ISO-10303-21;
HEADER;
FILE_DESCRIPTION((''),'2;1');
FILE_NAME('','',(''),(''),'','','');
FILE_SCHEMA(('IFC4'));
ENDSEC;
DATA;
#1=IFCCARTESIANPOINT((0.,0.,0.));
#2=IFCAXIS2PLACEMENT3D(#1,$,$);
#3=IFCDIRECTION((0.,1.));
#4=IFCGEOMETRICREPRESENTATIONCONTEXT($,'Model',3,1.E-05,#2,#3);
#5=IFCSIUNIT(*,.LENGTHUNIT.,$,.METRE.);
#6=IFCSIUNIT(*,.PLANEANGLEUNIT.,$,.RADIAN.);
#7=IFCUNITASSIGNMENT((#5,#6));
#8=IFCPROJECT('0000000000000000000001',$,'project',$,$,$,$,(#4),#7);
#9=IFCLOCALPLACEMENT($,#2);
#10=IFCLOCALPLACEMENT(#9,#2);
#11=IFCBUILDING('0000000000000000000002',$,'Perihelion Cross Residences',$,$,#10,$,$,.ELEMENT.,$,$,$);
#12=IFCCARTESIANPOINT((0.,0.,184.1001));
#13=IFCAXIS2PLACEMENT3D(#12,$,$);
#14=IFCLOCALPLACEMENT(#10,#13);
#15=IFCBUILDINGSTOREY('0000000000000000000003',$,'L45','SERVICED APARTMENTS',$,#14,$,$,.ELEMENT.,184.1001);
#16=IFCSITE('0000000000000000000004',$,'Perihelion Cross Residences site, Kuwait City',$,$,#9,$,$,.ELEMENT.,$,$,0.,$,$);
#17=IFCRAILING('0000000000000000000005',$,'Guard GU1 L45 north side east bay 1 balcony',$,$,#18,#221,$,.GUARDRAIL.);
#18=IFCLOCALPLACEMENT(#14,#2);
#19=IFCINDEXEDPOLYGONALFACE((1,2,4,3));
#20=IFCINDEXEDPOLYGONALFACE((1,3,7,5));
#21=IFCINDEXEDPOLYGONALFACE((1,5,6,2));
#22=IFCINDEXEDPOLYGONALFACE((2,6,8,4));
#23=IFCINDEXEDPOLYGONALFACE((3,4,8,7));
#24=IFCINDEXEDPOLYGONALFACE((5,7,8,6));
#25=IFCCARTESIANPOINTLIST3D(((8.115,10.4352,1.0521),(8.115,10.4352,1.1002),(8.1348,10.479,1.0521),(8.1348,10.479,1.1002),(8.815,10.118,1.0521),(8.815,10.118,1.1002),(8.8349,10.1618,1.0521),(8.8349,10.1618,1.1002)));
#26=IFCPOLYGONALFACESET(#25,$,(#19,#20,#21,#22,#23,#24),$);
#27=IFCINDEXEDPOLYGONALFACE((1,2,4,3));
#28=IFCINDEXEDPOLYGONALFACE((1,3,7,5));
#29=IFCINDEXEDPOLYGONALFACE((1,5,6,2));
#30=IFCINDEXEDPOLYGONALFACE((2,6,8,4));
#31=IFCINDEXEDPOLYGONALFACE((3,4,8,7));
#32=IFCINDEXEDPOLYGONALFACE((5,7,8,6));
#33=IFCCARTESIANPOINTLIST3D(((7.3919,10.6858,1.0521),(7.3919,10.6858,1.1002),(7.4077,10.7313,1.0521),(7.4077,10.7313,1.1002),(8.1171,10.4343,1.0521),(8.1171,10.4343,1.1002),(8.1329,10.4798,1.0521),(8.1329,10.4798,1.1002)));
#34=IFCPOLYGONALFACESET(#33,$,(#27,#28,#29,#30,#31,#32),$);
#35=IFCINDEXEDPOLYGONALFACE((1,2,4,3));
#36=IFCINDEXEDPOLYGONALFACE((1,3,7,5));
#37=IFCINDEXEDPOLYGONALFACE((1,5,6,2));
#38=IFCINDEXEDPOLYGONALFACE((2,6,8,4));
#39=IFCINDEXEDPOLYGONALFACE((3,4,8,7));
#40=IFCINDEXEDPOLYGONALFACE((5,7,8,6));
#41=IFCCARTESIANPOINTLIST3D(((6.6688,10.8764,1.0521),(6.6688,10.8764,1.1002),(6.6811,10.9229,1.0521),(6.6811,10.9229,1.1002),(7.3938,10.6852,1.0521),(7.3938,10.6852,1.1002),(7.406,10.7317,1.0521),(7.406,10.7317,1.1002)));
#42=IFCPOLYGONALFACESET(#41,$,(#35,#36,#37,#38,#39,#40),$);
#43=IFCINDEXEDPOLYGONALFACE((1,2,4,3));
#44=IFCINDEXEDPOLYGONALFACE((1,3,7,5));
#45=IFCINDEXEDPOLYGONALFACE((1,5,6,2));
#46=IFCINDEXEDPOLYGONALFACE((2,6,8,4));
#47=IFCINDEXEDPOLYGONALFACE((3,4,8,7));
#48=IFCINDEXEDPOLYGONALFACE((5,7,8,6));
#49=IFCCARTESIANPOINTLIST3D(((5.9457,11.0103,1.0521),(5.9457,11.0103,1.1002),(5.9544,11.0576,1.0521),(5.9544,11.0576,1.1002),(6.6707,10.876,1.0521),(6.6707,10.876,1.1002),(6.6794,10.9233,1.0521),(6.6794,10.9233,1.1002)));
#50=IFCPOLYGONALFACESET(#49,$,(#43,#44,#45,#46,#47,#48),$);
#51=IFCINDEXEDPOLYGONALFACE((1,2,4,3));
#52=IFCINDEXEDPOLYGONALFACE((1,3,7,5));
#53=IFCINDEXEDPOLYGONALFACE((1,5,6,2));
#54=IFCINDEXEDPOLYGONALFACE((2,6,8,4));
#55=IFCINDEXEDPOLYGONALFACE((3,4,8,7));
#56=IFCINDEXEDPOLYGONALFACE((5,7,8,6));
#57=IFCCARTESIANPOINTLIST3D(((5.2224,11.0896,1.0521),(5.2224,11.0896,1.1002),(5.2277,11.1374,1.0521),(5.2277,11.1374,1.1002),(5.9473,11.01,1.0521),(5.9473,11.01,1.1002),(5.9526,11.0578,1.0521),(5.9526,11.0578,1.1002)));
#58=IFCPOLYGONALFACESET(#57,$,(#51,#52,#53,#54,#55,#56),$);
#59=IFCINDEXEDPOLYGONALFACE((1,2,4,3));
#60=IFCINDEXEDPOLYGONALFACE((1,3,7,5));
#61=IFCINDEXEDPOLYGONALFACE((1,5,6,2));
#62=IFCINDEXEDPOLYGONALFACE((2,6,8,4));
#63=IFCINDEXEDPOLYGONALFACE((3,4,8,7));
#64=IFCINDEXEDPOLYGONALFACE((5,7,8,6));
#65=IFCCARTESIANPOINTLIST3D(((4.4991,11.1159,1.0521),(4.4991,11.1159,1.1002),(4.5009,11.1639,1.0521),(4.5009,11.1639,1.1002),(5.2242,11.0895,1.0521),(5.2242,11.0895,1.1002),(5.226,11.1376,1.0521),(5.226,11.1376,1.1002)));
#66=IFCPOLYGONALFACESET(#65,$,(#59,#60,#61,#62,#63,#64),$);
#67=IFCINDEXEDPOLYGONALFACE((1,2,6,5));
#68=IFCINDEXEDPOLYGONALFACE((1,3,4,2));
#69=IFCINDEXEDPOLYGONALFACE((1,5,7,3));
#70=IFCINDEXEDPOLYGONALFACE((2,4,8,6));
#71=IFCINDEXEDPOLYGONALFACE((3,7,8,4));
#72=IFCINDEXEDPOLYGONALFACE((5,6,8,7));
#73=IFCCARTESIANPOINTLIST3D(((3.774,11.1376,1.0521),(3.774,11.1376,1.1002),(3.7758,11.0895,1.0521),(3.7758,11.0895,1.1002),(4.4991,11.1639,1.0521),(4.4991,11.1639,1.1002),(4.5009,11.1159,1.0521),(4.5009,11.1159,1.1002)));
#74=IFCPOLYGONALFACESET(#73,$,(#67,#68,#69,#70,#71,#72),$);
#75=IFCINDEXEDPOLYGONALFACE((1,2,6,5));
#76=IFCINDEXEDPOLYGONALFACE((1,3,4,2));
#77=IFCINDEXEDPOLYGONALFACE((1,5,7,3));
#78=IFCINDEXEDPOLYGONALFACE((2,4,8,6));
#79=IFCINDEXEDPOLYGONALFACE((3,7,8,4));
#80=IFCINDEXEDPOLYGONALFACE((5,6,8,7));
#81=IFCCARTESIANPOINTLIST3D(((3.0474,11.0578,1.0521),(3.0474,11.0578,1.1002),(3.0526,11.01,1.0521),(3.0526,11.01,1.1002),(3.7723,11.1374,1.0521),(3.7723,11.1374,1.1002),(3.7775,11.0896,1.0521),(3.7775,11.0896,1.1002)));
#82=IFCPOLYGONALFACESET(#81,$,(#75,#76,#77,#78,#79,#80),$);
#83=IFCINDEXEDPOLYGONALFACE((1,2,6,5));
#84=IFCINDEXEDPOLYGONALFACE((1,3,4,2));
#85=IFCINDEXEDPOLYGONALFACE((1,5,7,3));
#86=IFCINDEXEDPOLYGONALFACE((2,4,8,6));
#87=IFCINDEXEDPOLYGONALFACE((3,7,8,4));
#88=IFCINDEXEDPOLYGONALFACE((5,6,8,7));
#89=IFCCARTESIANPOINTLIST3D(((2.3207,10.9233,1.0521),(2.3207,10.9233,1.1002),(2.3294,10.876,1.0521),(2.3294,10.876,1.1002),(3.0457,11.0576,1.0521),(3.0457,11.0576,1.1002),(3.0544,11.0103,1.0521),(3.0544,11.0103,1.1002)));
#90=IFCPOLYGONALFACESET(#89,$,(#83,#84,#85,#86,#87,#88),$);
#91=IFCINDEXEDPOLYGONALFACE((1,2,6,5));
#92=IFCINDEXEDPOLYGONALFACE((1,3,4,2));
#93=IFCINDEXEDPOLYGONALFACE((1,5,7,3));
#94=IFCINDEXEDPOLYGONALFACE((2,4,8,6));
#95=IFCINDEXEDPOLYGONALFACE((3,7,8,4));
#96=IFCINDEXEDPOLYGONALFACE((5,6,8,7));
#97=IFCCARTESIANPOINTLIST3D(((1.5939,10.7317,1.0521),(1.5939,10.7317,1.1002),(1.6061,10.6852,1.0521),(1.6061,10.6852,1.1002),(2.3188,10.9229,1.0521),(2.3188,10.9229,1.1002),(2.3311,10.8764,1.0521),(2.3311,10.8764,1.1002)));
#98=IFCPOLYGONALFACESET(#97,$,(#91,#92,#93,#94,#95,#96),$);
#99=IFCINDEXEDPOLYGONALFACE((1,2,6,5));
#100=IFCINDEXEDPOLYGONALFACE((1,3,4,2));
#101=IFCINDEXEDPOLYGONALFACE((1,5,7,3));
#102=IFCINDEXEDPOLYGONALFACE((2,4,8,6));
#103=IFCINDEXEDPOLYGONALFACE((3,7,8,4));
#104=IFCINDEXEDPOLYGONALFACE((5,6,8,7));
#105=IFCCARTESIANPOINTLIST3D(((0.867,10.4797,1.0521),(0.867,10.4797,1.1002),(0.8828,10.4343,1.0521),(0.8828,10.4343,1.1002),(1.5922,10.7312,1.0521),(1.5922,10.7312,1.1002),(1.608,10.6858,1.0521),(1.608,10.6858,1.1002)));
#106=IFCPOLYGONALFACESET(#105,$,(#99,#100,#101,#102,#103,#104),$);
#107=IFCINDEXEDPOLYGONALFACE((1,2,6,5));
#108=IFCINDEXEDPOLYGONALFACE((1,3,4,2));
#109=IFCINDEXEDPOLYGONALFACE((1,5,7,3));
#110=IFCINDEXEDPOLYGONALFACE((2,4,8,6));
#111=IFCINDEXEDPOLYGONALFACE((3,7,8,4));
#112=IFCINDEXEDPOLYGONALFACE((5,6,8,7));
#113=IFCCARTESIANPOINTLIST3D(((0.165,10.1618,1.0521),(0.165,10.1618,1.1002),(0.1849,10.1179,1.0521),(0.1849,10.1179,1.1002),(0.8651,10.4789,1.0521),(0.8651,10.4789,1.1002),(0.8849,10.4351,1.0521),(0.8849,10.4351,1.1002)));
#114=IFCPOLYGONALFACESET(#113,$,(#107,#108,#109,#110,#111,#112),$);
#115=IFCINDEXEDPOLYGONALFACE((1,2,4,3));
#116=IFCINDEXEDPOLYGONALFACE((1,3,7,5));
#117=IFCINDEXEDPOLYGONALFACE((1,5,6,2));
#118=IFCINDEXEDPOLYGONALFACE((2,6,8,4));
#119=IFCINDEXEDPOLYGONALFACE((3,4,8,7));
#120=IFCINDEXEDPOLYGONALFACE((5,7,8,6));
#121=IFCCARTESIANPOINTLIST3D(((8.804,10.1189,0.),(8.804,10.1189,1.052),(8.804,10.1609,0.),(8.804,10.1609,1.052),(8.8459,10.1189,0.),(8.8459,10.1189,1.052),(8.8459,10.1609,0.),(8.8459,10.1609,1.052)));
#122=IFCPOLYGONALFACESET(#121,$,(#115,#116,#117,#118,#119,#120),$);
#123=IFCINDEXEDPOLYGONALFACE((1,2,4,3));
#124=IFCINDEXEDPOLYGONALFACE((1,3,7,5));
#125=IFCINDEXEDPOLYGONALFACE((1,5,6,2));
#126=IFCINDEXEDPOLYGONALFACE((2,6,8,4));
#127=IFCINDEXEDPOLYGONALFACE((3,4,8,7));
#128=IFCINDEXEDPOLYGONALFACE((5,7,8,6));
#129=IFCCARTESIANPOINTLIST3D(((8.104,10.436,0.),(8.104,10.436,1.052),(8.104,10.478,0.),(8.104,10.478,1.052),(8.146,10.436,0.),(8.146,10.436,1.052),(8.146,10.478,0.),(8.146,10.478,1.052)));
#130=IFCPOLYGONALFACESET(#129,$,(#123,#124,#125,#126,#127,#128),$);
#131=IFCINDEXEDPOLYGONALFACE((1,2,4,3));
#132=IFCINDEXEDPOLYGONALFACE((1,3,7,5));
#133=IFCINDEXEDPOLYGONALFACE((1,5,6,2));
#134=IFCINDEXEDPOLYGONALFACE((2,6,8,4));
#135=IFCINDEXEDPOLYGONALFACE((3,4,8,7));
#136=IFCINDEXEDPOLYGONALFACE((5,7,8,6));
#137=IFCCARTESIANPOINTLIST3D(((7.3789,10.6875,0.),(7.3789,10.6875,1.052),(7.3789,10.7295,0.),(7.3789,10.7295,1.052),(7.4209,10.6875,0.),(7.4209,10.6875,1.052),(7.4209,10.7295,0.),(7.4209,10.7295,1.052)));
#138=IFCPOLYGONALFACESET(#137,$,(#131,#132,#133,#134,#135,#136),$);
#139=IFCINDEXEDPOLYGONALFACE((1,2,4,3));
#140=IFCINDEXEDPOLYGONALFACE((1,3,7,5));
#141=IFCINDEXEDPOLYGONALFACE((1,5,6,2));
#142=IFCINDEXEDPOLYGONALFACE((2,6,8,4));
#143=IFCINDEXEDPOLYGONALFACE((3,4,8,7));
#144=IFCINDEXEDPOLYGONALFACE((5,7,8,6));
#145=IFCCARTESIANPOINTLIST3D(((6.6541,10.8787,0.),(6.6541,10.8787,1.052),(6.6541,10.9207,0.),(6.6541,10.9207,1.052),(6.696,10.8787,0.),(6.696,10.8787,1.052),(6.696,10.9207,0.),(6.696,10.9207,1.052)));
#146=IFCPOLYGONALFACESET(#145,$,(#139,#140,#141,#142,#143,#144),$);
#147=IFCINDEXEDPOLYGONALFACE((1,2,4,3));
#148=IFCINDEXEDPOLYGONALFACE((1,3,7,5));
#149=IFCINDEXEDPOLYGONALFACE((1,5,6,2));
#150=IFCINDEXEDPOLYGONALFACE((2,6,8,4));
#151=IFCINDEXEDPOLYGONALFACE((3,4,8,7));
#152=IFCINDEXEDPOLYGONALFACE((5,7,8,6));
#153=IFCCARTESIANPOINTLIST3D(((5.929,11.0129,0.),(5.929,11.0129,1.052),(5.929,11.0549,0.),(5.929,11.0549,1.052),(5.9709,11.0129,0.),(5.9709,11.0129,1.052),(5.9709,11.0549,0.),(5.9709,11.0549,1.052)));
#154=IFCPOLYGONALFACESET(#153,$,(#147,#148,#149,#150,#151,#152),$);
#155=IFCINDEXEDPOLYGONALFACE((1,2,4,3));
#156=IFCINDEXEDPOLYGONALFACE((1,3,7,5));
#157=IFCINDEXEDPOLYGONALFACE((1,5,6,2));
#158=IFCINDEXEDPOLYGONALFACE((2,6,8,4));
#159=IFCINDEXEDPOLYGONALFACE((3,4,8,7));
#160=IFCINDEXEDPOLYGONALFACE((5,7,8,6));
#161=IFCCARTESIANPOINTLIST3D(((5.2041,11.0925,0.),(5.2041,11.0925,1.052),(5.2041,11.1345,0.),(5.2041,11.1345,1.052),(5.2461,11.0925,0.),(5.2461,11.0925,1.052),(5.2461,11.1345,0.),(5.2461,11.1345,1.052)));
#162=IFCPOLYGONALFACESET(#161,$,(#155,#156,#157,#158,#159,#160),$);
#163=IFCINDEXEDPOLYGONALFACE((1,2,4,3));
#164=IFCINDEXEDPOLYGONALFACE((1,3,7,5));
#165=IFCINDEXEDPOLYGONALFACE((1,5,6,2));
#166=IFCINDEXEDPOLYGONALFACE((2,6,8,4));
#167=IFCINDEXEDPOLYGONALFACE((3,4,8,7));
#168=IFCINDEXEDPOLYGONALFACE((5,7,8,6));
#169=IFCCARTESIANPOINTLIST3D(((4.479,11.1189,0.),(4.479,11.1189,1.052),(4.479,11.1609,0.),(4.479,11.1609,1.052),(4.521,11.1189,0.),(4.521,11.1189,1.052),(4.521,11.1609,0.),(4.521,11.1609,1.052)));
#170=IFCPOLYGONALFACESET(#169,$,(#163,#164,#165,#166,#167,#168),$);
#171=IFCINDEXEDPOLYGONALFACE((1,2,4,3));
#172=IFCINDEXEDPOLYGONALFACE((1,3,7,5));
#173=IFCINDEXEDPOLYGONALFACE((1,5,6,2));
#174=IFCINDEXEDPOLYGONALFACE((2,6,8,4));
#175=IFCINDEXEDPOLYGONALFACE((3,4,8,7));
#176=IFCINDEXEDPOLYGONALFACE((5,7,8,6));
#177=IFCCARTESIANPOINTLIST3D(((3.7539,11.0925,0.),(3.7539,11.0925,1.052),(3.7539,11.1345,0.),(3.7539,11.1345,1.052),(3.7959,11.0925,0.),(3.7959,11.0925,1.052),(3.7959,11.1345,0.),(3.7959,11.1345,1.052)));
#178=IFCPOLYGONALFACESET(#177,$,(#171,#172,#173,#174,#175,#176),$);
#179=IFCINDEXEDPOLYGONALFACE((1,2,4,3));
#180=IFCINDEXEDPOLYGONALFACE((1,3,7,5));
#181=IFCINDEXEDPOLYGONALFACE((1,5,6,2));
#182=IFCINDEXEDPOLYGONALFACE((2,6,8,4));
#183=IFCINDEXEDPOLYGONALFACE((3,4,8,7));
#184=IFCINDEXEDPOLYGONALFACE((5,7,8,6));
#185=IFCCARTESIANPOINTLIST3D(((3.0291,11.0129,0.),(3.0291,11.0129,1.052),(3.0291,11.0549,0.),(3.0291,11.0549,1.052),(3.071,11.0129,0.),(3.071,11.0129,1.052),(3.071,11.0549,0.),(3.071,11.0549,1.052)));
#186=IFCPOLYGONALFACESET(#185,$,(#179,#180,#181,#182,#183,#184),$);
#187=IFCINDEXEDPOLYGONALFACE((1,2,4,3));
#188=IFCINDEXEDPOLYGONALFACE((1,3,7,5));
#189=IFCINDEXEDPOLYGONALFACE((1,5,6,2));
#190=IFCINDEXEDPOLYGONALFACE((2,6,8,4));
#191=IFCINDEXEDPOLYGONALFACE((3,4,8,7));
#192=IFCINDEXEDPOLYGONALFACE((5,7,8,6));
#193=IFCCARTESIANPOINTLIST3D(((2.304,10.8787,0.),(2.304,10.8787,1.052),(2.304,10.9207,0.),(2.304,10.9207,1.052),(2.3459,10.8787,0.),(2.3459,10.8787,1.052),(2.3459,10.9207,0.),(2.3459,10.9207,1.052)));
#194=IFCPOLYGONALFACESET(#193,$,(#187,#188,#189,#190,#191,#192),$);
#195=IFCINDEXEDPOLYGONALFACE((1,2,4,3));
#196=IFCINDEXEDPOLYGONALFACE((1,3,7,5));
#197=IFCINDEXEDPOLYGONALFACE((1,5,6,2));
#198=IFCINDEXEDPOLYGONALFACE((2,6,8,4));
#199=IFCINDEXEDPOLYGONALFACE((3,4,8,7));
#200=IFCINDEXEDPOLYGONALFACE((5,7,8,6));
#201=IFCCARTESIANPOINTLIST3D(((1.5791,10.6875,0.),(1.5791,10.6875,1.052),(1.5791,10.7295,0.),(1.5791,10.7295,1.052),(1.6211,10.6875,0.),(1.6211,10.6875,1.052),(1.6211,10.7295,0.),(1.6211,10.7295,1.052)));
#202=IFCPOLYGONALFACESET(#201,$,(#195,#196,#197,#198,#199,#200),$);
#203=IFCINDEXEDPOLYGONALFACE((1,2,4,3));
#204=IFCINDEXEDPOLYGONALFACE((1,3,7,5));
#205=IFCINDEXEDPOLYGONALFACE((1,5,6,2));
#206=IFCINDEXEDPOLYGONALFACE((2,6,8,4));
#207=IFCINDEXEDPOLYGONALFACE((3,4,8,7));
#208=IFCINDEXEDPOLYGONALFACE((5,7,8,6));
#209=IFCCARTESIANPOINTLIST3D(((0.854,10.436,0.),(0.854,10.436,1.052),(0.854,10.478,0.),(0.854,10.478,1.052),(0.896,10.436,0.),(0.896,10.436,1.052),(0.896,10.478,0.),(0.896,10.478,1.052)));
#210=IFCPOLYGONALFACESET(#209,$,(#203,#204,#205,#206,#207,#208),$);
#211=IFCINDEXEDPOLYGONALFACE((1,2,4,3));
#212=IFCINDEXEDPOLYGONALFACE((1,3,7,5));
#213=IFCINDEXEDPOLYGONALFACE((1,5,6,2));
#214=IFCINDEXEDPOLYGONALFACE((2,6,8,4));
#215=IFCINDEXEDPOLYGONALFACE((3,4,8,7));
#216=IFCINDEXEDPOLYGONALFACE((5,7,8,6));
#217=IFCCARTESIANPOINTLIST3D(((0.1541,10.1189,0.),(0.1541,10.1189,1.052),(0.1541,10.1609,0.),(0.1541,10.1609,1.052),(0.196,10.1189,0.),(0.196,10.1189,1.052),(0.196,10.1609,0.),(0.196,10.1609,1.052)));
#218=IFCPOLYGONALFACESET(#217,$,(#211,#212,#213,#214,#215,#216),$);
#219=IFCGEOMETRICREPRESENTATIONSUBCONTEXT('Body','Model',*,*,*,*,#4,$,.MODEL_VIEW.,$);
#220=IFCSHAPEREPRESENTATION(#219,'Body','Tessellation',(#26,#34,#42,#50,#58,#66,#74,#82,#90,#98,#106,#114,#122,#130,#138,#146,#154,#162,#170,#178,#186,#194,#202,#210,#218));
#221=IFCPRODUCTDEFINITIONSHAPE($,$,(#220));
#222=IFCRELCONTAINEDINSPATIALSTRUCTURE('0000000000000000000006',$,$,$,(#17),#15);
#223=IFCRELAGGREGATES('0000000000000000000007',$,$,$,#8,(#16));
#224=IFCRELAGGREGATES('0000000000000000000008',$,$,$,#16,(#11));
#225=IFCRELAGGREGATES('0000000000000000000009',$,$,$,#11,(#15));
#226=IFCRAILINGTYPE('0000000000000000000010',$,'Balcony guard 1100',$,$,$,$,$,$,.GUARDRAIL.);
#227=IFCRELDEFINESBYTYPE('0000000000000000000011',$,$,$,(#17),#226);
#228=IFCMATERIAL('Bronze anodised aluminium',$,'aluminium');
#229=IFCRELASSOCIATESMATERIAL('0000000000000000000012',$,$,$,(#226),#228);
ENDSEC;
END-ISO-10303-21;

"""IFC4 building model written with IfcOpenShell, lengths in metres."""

from ifc_helpers import new_model, si_unit, direction, frame, origin, origin_2d, place, context, subcontext, project, spatial, rectangle, extrude, material, type_object, element, save


model = new_model("IFC4")

# Units and contexts
model_context = context("Model", 3, precision=1e-05, world=origin(), true_north=direction((0.0, 1.0)))
body_context = subcontext(model_context, "Body", "Model", "MODEL_VIEW")
ifc_project = project(units=[si_unit("LENGTHUNIT", "METRE"), si_unit("PLANEANGLEUNIT", "RADIAN")], contexts=[model_context])

# Site, building, storey
site_placement = place(None, origin())
site = spatial("IfcSite", under=ifc_project, at=site_placement, Name="Perihelion Cross Residences site, Kuwait City", CompositionType="ELEMENT", RefElevation=0.0)
building_placement = place(site_placement, origin())
building = spatial("IfcBuilding", under=site, at=building_placement, Name="Perihelion Cross Residences", CompositionType="ELEMENT")
storey_placement = place(building_placement, frame((0.0, 0.0, 184.1001)))
storey = spatial("IfcBuildingStorey", under=building, at=storey_placement, Name="L45", Description="SERVICED APARTMENTS", CompositionType="ELEMENT", Elevation=184.1001)

# Railing
ifc_material_1 = material(Name="Bronze anodised aluminium", Category="aluminium")
railing_type = type_object("IfcRailingType", Name="Balcony guard 1100", PredefinedType="GUARDRAIL", material=ifc_material_1)
railing_placement = place(storey_placement, frame((8.825, 10.1399, 0.0)))
element("IfcRailing", 1, at=railing_placement, inside=storey, type_object=railing_type, Name="Guard GU1 L45 north side east bay 1 balcony", PredefinedType="GUARDRAIL", context=body_context, shape_type="SweptSolid", body=[
    extrude(rectangle(XDim=0.0481, YDim=0.0481, at=origin_2d()), frame((0.0, 0.0, 1.0762), z_axis=(-0.910866, 0.412702, 0.0), x_axis=(-0.412702, -0.910866, 0.0)), (0.0, 0.0, 1.0), 0.7686),
    extrude(rectangle(XDim=0.0481, YDim=0.0481, at=origin_2d()), frame((-0.7, 0.3171, 1.0762), z_axis=(-0.944797, 0.327657, 0.0), x_axis=(-0.327657, -0.944797, 0.0)), (0.0, 0.0, 1.0), 0.7676),
    extrude(rectangle(XDim=0.0481, YDim=0.0481, at=origin_2d()), frame((-1.425, 0.5686, 1.0762), z_axis=(-0.966939, 0.255006, 0.0), x_axis=(-0.255006, -0.966939, 0.0)), (0.0, 0.0, 1.0), 0.7498),
    extrude(rectangle(XDim=0.0481, YDim=0.0481, at=origin_2d()), frame((-2.1499, 0.7598, 1.0762), z_axis=(-0.983282, 0.182089, 0.0), x_axis=(-0.182089, -0.983282, 0.0)), (0.0, 0.0, 1.0), 0.7373),
    extrude(rectangle(XDim=0.0481, YDim=0.0481, at=origin_2d()), frame((-2.875, 0.894, 1.0762), z_axis=(-0.994026, 0.109145, 0.0), x_axis=(-0.109145, -0.994026, 0.0)), (0.0, 0.0, 1.0), 0.7292),
    extrude(rectangle(XDim=0.0481, YDim=0.0481, at=origin_2d()), frame((-3.5999, 0.9736, 1.0762), z_axis=(-0.999339, 0.03634, 0.0), x_axis=(-0.03634, -0.999339, 0.0)), (0.0, 0.0, 1.0), 0.7256),
    extrude(rectangle(XDim=0.0481, YDim=0.0481, at=origin_2d()), frame((-4.325, 1.0, 1.0762), z_axis=(-0.999339, -0.03634, 0.0), x_axis=(0.03634, -0.999339, 0.0)), (0.0, 0.0, 1.0), 0.7256),
    extrude(rectangle(XDim=0.0481, YDim=0.0481, at=origin_2d()), frame((-5.05, 0.9736, 1.0762), z_axis=(-0.994026, -0.109145, 0.0), x_axis=(0.109145, -0.994026, 0.0)), (0.0, 0.0, 1.0), 0.7292),
    extrude(rectangle(XDim=0.0481, YDim=0.0481, at=origin_2d()), frame((-5.7749, 0.894, 1.0762), z_axis=(-0.983282, -0.182089, 0.0), x_axis=(0.182089, -0.983282, 0.0)), (0.0, 0.0, 1.0), 0.7373),
    extrude(rectangle(XDim=0.0481, YDim=0.0481, at=origin_2d()), frame((-6.5, 0.7598, 1.0762), z_axis=(-0.966939, -0.255006, 0.0), x_axis=(0.255006, -0.966939, 0.0)), (0.0, 0.0, 1.0), 0.7498),
    extrude(rectangle(XDim=0.0481, YDim=0.0481, at=origin_2d()), frame((-7.2249, 0.5686, 1.0762), z_axis=(-0.944797, -0.327657, 0.0), x_axis=(0.327657, -0.944797, 0.0)), (0.0, 0.0, 1.0), 0.7676),
    extrude(rectangle(XDim=0.0481, YDim=0.0481, at=origin_2d()), frame((-7.95, 0.3171, 1.0762), z_axis=(-0.910866, -0.412702, 0.0), x_axis=(0.412702, -0.910866, 0.0)), (0.0, 0.0, 1.0), 0.7686),
    extrude(rectangle(XDim=0.042, YDim=0.042, at=origin_2d()), origin(), (0.0, 0.0, 1.0), 1.052),
    extrude(rectangle(XDim=0.042, YDim=0.042, at=origin_2d()), frame((-0.7, 0.3171, 0.0)), (0.0, 0.0, 1.0), 1.052),
    extrude(rectangle(XDim=0.042, YDim=0.042, at=origin_2d()), frame((-1.425, 0.5686, 0.0)), (0.0, 0.0, 1.0), 1.052),
    extrude(rectangle(XDim=0.042, YDim=0.042, at=origin_2d()), frame((-2.1499, 0.7598, 0.0)), (0.0, 0.0, 1.0), 1.052),
    extrude(rectangle(XDim=0.042, YDim=0.042, at=origin_2d()), frame((-2.875, 0.894, 0.0)), (0.0, 0.0, 1.0), 1.052),
    extrude(rectangle(XDim=0.042, YDim=0.042, at=origin_2d()), frame((-3.5999, 0.9736, 0.0)), (0.0, 0.0, 1.0), 1.052),
    extrude(rectangle(XDim=0.042, YDim=0.042, at=origin_2d()), frame((-4.325, 1.0, 0.0)), (0.0, 0.0, 1.0), 1.052),
    extrude(rectangle(XDim=0.042, YDim=0.042, at=origin_2d()), frame((-5.05, 0.9736, 0.0)), (0.0, 0.0, 1.0), 1.052),
    extrude(rectangle(XDim=0.042, YDim=0.042, at=origin_2d()), frame((-5.7749, 0.894, 0.0)), (0.0, 0.0, 1.0), 1.052),
    extrude(rectangle(XDim=0.042, YDim=0.042, at=origin_2d()), frame((-6.5, 0.7598, 0.0)), (0.0, 0.0, 1.0), 1.052),
    extrude(rectangle(XDim=0.042, YDim=0.042, at=origin_2d()), frame((-7.2249, 0.5686, 0.0)), (0.0, 0.0, 1.0), 1.052),
    extrude(rectangle(XDim=0.042, YDim=0.042, at=origin_2d()), frame((-7.95, 0.3171, 0.0)), (0.0, 0.0, 1.0), 1.052),
    extrude(rectangle(XDim=0.042, YDim=0.042, at=origin_2d()), frame((-8.6499, 0.0, 0.0)), (0.0, 0.0, 1.0), 1.052),
])

save(model, "model.ifc")
